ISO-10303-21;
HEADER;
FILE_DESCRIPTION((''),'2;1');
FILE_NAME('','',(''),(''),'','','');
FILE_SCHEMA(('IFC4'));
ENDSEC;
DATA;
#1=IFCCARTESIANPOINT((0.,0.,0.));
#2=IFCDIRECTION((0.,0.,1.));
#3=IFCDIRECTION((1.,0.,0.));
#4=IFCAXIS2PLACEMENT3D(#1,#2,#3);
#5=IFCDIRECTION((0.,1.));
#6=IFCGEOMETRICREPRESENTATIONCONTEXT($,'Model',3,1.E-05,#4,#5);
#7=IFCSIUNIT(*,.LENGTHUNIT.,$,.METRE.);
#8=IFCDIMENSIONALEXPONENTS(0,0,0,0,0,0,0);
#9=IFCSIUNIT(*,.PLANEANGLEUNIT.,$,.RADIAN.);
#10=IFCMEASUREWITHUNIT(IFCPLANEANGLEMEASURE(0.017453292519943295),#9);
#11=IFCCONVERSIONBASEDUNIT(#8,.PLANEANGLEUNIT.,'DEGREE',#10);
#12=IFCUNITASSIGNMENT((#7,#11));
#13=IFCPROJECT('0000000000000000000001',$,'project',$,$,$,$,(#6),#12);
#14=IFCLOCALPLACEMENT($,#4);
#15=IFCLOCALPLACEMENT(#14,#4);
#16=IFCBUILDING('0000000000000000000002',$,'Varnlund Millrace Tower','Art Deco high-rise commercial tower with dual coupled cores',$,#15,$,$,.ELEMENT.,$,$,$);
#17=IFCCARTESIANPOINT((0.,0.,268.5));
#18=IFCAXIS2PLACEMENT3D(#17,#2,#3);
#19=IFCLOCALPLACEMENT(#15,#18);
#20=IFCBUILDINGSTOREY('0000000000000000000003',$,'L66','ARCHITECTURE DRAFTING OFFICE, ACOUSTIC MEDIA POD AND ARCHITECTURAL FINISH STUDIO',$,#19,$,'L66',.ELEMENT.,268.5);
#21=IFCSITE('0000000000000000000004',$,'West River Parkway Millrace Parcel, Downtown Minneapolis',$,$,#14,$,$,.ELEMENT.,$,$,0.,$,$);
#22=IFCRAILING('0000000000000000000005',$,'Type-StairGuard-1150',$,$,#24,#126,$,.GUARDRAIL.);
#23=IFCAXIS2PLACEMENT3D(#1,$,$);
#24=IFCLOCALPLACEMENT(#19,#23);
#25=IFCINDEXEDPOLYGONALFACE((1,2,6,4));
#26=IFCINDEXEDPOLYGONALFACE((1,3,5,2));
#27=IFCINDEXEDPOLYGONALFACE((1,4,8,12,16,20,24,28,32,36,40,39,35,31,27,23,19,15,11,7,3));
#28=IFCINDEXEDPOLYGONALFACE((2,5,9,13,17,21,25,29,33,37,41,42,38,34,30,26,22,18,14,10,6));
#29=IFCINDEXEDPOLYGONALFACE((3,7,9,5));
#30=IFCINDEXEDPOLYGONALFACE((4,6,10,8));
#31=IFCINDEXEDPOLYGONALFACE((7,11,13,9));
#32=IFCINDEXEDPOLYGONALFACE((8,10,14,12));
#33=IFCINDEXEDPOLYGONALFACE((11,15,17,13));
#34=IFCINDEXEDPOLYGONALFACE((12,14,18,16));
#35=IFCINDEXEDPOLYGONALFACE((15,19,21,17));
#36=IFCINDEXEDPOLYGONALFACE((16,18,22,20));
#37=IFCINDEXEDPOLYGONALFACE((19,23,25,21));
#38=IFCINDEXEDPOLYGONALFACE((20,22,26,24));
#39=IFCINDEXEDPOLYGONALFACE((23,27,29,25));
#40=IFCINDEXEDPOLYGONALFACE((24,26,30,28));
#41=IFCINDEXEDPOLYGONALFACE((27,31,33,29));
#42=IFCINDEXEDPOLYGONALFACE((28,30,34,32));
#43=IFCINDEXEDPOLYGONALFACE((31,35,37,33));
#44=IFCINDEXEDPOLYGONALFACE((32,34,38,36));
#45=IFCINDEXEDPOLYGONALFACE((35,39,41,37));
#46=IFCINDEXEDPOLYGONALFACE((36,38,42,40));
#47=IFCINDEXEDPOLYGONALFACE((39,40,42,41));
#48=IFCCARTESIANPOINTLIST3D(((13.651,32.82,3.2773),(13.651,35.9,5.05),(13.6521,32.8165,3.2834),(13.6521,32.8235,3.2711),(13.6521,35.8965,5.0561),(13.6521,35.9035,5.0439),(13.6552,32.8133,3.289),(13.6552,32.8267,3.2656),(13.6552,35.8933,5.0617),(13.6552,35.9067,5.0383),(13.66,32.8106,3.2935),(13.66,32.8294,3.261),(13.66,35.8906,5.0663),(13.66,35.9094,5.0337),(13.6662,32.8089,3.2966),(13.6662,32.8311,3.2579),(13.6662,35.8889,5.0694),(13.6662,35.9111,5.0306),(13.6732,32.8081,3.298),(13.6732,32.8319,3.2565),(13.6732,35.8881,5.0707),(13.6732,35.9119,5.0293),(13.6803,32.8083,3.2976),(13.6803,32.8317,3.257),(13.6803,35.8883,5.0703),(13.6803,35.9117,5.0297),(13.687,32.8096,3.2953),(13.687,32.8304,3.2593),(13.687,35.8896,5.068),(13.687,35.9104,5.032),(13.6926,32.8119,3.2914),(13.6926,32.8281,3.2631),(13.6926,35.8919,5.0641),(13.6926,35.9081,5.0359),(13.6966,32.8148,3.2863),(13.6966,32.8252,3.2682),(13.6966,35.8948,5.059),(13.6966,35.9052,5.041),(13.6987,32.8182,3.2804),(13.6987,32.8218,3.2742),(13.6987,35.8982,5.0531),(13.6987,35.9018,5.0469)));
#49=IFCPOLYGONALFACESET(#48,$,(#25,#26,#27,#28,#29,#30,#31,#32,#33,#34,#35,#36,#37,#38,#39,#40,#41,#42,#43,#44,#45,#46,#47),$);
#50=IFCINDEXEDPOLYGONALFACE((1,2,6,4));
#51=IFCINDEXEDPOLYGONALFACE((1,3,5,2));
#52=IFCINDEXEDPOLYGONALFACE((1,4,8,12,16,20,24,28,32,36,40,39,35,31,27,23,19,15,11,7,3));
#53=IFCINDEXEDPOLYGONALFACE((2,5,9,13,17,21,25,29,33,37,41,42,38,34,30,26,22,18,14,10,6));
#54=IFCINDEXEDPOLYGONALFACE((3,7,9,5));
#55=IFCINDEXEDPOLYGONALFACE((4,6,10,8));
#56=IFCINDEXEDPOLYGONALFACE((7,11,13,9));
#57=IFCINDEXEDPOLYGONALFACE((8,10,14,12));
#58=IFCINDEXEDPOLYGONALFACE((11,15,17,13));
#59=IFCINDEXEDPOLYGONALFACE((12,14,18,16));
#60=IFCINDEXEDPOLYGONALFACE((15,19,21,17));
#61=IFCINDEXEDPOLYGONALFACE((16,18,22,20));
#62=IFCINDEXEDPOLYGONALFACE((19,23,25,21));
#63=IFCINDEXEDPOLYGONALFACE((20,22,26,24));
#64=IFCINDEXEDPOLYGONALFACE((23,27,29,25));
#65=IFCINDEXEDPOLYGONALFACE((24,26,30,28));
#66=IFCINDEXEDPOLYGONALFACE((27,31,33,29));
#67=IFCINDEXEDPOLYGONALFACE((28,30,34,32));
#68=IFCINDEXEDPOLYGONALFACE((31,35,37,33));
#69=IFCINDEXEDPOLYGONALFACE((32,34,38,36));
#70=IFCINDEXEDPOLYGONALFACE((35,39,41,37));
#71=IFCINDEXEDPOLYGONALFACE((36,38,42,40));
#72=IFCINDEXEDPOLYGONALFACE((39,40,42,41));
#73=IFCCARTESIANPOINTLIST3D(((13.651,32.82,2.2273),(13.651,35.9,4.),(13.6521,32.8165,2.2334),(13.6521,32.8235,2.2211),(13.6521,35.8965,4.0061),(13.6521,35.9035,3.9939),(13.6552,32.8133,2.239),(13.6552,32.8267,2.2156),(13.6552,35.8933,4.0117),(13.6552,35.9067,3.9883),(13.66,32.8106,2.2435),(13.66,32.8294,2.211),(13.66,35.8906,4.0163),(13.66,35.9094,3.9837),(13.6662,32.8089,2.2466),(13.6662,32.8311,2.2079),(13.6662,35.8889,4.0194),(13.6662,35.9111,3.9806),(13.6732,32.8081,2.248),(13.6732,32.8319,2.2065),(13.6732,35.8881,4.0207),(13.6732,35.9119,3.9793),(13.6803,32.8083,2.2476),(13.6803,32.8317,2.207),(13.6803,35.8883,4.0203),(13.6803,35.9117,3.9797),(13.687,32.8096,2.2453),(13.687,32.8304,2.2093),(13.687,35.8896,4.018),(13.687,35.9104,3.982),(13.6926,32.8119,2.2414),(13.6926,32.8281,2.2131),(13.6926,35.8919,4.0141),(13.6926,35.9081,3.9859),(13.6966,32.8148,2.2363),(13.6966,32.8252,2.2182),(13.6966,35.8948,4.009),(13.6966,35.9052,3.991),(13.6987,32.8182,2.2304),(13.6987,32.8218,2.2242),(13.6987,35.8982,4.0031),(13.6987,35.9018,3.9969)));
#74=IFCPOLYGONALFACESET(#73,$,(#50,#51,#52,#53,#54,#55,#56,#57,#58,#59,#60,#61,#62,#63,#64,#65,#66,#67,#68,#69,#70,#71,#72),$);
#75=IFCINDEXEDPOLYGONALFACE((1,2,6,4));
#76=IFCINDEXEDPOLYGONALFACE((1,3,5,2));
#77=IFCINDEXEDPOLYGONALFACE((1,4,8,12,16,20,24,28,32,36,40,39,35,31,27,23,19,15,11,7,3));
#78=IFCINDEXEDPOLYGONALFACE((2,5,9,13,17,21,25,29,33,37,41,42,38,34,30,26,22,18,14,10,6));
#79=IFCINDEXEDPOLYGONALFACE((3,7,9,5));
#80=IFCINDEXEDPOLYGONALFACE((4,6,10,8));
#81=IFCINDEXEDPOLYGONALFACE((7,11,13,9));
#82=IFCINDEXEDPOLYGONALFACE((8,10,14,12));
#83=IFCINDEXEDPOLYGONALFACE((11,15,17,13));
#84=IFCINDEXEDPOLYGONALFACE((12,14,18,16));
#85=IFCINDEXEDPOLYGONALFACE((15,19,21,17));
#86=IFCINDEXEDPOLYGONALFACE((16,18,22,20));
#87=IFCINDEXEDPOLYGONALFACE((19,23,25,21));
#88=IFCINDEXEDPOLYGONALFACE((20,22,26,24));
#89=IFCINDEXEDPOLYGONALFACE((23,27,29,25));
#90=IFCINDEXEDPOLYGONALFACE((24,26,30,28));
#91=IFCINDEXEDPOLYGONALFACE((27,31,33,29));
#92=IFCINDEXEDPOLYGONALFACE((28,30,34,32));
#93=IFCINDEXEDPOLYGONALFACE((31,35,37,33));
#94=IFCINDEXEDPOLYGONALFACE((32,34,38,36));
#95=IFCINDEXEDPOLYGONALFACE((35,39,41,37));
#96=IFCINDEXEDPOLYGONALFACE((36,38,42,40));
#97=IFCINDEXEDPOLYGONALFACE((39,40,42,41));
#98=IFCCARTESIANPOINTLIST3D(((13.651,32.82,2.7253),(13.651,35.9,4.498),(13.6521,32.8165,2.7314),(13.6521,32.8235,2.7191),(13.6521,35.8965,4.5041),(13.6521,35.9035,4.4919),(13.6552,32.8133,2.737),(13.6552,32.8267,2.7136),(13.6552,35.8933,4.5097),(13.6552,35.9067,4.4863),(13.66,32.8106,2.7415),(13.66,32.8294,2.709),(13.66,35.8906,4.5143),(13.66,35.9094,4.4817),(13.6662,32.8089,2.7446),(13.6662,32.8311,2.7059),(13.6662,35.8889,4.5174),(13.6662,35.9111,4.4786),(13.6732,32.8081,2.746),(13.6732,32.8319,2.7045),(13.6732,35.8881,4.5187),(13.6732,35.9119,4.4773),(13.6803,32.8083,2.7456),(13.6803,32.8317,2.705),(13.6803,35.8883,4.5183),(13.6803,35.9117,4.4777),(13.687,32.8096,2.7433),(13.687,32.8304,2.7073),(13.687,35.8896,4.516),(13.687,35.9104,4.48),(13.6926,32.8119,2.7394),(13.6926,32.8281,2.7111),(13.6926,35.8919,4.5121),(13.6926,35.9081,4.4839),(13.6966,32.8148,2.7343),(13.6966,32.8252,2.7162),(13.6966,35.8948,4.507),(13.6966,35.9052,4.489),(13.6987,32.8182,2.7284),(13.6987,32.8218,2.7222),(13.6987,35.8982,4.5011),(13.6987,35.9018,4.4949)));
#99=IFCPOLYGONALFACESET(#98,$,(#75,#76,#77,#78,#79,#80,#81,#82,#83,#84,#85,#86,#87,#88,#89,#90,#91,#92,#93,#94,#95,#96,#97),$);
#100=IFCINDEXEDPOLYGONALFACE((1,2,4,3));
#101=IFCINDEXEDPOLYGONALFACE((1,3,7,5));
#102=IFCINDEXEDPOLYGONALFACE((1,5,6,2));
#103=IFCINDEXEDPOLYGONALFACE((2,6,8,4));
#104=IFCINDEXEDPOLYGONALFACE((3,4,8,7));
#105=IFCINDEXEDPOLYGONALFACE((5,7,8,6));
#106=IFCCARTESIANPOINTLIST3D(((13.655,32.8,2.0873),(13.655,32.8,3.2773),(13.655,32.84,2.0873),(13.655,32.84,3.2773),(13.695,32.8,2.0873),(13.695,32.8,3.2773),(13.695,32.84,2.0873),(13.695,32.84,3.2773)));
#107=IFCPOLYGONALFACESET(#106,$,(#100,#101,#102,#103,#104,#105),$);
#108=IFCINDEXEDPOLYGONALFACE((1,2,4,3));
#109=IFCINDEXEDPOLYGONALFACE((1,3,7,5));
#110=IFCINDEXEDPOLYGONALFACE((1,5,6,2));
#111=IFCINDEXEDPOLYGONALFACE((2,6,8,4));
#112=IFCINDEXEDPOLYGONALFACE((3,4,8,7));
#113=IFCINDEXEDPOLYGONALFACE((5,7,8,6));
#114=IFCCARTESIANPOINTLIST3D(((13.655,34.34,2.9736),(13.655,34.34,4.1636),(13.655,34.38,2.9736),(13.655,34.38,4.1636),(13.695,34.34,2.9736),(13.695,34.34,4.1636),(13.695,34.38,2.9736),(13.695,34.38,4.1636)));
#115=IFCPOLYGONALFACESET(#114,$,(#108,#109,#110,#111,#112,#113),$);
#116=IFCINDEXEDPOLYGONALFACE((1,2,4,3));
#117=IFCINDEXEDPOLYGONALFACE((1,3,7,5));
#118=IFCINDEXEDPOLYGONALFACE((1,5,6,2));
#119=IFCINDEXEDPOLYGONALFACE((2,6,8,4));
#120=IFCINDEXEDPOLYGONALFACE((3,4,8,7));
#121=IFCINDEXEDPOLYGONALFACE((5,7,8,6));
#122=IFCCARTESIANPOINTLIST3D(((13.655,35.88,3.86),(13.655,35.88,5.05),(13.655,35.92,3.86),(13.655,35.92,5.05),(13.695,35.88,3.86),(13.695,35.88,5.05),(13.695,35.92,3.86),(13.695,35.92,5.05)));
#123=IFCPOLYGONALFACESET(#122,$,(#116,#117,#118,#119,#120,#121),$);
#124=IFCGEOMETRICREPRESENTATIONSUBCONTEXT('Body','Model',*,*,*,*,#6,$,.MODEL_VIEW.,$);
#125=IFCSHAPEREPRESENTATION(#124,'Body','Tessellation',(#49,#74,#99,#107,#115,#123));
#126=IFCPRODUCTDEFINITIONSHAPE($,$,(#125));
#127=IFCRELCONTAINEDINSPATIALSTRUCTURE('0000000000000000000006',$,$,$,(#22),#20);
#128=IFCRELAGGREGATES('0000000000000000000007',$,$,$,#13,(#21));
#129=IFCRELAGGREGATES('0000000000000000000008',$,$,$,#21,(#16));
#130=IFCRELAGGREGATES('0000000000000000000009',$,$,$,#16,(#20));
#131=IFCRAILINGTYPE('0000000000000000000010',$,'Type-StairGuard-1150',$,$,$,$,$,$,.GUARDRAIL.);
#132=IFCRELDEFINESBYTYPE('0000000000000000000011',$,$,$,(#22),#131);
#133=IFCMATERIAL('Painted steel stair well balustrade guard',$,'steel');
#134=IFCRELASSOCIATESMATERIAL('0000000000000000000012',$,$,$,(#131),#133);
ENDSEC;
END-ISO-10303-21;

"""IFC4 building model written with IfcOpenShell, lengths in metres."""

from ifc_helpers import new_model, entity, si_unit, converted_unit, direction, frame, origin_with_axes, origin_2d_with_axis, place, context, subcontext, project, spatial, rectangle, circle, extrude, material, type_object, element, save


model = new_model("IFC4")

# Units and contexts
model_context = context("Model", 3, precision=1e-05, world=origin_with_axes(), true_north=direction((0.0, 1.0)))
body_context = subcontext(model_context, "Body", "Model", "MODEL_VIEW")
ifc_project = project(units=[si_unit("LENGTHUNIT", "METRE"), converted_unit("PLANEANGLEUNIT", "DEGREE", entity("IfcPlaneAngleMeasure", 0.017453292519943295), si_unit("PLANEANGLEUNIT", "RADIAN"), dimensions=[0, 0, 0, 0, 0, 0, 0])], contexts=[model_context])

# Site, building, storey
site_placement = place(None, origin_with_axes())
site = spatial("IfcSite", under=ifc_project, at=site_placement, Name="West River Parkway Millrace Parcel, Downtown Minneapolis", CompositionType="ELEMENT", RefElevation=0.0)
building_placement = place(site_placement, origin_with_axes())
building = spatial("IfcBuilding", under=site, at=building_placement, Name="Varnlund Millrace Tower", Description="Art Deco high-rise commercial tower with dual coupled cores", CompositionType="ELEMENT")
storey_placement = place(building_placement, frame((0.0, 0.0, 268.5), z_axis=(0.0, 0.0, 1.0), x_axis=(1.0, 0.0, 0.0)))
storey = spatial("IfcBuildingStorey", under=building, at=storey_placement, Name="L66", Description="ARCHITECTURE DRAFTING OFFICE, ACOUSTIC MEDIA POD AND ARCHITECTURAL FINISH STUDIO", LongName="L66", CompositionType="ELEMENT", Elevation=268.5)

# Railing
ifc_material_1 = material(Name="Painted steel stair well balustrade guard", Category="steel")
railing_type_1 = type_object("IfcRailingType", Name="Type-StairGuard-1150", PredefinedType="GUARDRAIL", material=ifc_material_1)
railing_1_placement = place(storey_placement, frame((0.0, 0.0, -268.5), z_axis=(0.0, 0.0, 1.0), x_axis=(1.0, 0.0, 0.0)))
element("IfcRailing", 1, at=railing_1_placement, inside=storey, type_object=railing_type_1, Name="Type-StairGuard-1150", PredefinedType="GUARDRAIL", context=body_context, shape_type="SweptSolid", body=[
    extrude(circle(Radius=0.024, at=origin_2d_with_axis()), frame((13.675, 32.82, 271.7773), z_axis=(0.0, 0.866696, 0.498836), x_axis=(-1.0, 0.0, 0.0)), (0.0, 0.0, 1.0), 3.5537),
    extrude(circle(Radius=0.024, at=origin_2d_with_axis()), frame((13.675, 32.82, 270.7273), z_axis=(0.0, 0.866696, 0.498836), x_axis=(-1.0, 0.0, 0.0)), (0.0, 0.0, 1.0), 3.5537),
    extrude(circle(Radius=0.024, at=origin_2d_with_axis()), frame((13.675, 32.82, 271.2253), z_axis=(0.0, 0.866696, 0.498836), x_axis=(-1.0, 0.0, 0.0)), (0.0, 0.0, 1.0), 3.5537),
    extrude(rectangle(XDim=0.04, YDim=0.04, at=origin_2d_with_axis()), frame((13.675, 32.82, 270.5873), z_axis=(0.0, 0.0, 1.0), x_axis=(1.0, 0.0, 0.0)), (0.0, 0.0, 1.0), 1.19),
    extrude(rectangle(XDim=0.04, YDim=0.04, at=origin_2d_with_axis()), frame((13.675, 34.36, 271.4736), z_axis=(0.0, 0.0, 1.0), x_axis=(1.0, 0.0, 0.0)), (0.0, 0.0, 1.0), 1.19),
    extrude(rectangle(XDim=0.04, YDim=0.04, at=origin_2d_with_axis()), frame((13.675, 35.9, 272.36), z_axis=(0.0, 0.0, 1.0), x_axis=(1.0, 0.0, 0.0)), (0.0, 0.0, 1.0), 1.19),
])

save(model, "model.ifc")
